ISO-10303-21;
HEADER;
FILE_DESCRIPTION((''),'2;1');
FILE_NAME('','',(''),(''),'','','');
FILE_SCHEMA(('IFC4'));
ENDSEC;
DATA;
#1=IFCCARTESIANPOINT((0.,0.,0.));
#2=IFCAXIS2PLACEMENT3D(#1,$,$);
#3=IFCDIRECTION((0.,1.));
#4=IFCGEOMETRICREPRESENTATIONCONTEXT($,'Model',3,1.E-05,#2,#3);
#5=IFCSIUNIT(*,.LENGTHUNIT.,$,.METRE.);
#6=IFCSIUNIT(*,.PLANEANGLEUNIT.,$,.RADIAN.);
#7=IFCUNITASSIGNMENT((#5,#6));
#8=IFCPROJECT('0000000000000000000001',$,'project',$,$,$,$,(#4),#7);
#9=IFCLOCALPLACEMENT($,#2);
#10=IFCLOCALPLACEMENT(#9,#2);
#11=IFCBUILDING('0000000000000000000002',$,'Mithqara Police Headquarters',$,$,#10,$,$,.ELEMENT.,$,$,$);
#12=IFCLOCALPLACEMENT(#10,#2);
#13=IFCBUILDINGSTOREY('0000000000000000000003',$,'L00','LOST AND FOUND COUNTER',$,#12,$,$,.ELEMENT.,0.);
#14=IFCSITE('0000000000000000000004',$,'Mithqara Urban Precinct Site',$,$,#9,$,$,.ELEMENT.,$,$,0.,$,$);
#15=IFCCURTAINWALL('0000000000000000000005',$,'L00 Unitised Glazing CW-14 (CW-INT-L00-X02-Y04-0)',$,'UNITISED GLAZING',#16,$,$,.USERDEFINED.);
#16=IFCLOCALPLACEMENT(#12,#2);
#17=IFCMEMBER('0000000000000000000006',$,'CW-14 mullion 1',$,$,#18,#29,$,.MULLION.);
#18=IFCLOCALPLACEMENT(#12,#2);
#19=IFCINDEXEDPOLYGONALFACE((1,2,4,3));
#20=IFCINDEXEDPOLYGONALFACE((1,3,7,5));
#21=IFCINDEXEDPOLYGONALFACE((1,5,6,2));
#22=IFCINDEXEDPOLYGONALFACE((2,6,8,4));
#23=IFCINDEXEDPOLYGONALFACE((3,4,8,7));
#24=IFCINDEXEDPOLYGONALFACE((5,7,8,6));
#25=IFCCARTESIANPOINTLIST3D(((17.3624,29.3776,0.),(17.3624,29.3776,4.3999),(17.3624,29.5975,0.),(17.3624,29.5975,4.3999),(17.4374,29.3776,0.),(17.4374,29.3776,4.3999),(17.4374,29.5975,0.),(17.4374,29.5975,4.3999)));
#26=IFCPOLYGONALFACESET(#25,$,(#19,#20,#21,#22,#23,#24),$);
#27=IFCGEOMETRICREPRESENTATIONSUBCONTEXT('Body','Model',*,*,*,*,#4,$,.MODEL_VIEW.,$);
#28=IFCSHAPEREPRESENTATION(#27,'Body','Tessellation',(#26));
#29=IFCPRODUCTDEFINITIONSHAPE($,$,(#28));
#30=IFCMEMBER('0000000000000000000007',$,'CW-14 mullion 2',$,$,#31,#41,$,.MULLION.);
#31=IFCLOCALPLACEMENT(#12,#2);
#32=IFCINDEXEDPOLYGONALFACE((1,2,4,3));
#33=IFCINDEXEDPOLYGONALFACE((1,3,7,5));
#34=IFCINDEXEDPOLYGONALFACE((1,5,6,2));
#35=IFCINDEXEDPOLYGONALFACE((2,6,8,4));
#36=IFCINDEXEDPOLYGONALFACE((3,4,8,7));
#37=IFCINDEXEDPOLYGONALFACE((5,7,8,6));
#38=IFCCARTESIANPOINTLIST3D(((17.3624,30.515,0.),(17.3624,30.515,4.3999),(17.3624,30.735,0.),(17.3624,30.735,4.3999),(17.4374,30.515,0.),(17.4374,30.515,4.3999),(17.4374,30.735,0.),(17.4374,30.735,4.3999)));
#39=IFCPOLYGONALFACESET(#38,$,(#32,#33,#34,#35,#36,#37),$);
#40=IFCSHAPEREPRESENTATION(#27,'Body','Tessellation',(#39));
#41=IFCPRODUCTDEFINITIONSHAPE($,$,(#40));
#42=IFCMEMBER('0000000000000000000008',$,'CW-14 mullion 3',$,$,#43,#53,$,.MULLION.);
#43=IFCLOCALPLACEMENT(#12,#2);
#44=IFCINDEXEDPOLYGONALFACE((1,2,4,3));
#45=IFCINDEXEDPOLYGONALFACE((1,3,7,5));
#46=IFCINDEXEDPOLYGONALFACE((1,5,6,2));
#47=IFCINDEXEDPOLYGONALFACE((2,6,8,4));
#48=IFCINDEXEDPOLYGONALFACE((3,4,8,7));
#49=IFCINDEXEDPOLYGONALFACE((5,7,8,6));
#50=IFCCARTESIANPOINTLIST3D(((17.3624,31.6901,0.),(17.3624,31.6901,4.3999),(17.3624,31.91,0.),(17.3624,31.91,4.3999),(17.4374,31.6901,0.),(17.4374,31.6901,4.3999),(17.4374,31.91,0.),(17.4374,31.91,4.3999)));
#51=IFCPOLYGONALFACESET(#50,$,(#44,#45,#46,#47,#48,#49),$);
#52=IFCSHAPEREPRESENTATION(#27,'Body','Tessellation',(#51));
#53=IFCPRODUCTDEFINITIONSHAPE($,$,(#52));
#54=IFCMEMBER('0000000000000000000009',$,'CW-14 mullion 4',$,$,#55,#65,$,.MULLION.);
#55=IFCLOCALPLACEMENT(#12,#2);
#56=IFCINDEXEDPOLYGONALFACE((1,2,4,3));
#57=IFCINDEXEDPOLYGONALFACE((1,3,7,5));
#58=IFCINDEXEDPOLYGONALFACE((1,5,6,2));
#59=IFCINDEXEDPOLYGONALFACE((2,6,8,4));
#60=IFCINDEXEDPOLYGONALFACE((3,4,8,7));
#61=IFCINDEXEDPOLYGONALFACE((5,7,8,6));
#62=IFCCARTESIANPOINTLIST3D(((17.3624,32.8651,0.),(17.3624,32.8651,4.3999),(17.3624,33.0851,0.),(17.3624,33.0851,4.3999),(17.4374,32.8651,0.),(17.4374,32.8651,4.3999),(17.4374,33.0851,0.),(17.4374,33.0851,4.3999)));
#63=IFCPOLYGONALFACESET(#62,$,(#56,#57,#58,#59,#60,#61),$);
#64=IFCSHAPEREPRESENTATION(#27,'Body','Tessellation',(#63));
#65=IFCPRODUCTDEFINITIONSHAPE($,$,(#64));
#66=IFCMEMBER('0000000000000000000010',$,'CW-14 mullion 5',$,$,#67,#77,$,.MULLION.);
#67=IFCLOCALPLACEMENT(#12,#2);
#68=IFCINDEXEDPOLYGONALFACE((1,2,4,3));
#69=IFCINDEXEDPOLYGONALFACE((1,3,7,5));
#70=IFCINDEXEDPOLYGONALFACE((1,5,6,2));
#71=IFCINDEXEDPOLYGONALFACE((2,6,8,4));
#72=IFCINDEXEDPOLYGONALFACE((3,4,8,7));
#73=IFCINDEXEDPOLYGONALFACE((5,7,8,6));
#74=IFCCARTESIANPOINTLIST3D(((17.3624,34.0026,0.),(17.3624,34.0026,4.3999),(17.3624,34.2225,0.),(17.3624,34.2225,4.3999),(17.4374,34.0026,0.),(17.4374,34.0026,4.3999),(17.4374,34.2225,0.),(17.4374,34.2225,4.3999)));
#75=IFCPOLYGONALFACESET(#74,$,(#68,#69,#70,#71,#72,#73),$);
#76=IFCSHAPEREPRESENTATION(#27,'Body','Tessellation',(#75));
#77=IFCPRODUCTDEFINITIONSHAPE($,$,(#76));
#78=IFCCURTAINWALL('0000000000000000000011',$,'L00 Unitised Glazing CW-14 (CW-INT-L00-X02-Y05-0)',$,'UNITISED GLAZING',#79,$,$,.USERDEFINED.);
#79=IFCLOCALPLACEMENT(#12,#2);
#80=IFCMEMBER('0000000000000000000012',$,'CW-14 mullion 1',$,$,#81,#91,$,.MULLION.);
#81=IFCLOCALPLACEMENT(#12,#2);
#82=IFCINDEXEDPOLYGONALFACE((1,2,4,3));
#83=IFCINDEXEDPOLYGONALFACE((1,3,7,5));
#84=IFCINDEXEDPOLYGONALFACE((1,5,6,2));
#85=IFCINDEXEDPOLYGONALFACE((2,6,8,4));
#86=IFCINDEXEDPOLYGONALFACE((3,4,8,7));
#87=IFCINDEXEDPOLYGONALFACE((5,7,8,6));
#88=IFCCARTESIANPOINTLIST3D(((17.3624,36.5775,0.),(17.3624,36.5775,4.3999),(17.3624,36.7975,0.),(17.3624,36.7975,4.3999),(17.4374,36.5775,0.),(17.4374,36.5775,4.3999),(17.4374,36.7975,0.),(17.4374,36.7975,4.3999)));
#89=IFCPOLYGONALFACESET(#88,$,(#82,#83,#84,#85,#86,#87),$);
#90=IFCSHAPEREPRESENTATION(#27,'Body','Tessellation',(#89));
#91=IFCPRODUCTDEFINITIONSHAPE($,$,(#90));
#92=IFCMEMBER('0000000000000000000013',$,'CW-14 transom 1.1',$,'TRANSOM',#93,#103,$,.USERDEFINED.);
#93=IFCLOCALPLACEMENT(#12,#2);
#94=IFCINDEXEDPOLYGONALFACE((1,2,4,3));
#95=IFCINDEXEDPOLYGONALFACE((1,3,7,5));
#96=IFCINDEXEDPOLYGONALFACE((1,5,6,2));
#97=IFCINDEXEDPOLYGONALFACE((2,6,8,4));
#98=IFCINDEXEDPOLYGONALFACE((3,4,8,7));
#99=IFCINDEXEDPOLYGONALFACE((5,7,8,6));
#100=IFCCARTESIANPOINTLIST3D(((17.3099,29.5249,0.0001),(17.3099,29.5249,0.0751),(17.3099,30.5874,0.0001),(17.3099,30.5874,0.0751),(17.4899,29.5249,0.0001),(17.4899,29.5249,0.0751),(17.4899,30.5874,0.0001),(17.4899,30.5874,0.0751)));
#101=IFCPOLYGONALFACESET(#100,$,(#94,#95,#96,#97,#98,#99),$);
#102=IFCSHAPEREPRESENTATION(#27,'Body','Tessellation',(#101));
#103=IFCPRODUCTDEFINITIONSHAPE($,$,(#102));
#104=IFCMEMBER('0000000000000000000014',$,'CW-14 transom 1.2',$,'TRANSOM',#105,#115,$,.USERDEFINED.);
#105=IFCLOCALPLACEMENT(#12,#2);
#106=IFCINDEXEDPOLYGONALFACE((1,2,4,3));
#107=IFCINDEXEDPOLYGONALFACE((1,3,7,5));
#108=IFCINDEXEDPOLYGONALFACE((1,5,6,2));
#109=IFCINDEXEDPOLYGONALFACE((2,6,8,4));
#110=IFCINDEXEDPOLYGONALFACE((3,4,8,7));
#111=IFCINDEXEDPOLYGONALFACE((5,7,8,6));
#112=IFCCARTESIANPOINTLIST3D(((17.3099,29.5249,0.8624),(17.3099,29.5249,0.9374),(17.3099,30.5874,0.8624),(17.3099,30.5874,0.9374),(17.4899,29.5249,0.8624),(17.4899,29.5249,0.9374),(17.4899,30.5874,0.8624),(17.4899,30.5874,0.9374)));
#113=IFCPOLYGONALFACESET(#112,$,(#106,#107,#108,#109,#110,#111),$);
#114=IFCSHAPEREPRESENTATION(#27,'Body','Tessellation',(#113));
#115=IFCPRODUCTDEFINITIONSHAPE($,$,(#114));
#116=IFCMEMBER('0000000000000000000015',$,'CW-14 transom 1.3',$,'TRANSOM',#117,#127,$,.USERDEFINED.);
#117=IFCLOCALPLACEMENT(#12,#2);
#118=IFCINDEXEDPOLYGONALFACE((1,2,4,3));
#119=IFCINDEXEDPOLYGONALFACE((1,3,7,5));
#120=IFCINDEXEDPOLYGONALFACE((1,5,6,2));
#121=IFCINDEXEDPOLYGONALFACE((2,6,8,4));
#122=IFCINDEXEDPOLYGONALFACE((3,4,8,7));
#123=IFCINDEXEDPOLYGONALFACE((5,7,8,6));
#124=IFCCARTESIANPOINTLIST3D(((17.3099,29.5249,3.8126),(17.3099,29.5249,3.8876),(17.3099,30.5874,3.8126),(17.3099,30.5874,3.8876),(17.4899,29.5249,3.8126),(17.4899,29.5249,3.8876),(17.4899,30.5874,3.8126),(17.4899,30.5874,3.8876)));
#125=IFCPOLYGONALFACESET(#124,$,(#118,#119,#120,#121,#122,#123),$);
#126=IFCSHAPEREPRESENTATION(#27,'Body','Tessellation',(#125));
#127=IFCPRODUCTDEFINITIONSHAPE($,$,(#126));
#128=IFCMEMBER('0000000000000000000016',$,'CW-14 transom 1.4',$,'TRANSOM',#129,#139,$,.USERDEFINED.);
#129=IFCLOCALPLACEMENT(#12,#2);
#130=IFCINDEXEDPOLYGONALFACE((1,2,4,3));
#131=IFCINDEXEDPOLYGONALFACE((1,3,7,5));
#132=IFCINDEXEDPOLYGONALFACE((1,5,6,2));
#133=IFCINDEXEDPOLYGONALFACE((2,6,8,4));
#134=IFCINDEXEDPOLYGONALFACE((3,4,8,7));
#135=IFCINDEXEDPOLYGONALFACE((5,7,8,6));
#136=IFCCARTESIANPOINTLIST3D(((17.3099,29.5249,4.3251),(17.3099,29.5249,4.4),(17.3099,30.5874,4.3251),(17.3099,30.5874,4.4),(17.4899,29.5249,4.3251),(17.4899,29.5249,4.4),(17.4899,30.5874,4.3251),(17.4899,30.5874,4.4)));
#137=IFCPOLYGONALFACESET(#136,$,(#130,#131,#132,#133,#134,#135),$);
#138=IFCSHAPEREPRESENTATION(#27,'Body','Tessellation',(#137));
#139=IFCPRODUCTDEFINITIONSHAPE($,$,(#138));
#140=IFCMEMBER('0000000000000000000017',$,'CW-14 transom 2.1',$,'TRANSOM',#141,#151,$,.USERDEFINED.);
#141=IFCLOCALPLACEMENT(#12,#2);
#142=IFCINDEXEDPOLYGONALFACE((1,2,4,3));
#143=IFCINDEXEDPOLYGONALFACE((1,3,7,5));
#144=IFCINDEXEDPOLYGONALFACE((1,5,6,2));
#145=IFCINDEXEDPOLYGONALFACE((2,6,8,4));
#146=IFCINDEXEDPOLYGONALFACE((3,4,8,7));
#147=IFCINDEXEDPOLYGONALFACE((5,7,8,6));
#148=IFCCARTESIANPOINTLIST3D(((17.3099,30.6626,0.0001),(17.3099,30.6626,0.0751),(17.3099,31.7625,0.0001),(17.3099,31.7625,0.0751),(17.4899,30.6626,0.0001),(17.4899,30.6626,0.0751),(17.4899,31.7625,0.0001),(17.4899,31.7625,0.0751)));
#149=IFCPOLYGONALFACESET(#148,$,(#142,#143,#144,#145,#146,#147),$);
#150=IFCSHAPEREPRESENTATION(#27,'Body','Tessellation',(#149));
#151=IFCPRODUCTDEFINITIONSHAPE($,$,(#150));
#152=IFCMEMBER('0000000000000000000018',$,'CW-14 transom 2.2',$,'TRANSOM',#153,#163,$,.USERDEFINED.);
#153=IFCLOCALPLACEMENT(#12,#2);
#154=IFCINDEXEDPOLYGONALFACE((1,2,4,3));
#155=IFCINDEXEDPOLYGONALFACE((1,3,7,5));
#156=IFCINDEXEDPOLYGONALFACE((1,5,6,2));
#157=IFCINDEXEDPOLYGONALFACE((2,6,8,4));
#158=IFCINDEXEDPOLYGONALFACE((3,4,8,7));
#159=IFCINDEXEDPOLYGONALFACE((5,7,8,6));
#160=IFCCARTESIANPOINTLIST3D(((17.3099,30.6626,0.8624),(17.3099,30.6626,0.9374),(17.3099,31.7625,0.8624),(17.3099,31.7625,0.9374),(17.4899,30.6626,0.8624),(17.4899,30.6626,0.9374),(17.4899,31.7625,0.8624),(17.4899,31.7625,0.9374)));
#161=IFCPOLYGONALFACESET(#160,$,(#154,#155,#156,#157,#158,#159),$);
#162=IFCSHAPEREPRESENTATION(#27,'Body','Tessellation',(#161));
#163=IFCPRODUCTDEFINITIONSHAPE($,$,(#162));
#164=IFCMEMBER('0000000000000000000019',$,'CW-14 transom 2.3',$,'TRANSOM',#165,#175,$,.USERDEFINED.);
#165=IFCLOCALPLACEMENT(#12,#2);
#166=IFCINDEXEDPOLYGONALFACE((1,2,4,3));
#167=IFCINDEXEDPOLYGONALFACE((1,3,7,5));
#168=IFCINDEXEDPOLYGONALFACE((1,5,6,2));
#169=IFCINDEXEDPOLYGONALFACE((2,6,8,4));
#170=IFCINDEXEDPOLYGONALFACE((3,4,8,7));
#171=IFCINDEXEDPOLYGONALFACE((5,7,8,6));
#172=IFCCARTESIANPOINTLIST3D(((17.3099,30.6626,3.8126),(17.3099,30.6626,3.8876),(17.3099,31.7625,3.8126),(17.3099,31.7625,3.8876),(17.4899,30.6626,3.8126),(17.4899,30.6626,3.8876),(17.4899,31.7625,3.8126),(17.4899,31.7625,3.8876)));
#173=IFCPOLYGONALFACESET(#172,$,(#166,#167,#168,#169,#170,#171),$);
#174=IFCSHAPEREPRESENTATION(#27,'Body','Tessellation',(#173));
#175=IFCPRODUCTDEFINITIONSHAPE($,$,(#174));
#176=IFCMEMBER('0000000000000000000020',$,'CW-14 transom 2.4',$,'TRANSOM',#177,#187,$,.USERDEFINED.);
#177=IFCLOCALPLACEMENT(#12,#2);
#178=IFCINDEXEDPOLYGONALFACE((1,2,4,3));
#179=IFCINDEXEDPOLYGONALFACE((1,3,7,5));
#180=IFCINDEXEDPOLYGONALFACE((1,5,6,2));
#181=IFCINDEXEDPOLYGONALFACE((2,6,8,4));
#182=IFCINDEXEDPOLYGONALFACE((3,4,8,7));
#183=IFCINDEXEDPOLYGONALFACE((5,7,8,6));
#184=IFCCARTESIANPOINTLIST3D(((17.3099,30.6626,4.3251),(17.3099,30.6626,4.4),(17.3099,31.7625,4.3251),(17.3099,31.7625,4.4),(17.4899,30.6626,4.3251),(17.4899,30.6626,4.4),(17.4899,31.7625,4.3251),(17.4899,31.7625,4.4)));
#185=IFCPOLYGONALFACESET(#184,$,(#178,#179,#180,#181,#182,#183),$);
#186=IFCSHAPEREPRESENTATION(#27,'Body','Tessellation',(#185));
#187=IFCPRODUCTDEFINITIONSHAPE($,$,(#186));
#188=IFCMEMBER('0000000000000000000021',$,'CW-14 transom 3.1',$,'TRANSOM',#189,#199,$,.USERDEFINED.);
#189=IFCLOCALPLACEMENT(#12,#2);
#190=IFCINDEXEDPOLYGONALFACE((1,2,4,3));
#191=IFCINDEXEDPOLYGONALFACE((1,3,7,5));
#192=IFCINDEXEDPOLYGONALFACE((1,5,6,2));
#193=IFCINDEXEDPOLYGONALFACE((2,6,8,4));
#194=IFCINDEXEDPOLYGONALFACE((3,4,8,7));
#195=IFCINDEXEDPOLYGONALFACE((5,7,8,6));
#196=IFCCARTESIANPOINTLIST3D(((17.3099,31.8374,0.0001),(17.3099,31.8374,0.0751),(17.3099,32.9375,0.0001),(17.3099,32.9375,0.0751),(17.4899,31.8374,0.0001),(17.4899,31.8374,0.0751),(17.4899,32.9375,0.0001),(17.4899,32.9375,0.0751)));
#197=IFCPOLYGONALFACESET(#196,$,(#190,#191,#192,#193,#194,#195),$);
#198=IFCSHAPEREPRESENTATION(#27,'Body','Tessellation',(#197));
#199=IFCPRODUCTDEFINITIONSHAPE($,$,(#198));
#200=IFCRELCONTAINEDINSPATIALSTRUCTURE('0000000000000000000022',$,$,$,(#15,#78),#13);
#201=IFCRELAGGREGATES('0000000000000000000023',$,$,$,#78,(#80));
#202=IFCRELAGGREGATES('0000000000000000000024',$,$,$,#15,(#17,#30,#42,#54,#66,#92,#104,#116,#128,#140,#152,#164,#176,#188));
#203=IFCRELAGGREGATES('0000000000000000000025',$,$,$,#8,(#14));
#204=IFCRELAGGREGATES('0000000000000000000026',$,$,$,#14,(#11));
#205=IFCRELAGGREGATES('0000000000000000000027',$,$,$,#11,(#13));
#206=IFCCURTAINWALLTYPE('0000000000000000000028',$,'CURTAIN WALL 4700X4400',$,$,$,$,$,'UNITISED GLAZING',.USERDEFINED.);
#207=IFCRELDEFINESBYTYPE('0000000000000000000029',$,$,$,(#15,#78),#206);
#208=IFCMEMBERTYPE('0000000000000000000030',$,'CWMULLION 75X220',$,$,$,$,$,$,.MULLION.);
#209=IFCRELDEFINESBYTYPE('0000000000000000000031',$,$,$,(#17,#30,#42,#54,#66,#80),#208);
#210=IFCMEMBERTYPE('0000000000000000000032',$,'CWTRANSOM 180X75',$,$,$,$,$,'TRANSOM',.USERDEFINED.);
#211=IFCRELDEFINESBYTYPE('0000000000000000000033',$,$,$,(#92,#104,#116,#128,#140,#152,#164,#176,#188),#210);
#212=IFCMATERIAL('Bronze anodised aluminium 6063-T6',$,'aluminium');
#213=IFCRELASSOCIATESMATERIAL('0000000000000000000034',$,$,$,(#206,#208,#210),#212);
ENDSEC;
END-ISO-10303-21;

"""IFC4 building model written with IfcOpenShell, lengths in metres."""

from ifc_helpers import new_model, si_unit, direction, frame, origin, origin_2d, place, context, subcontext, project, spatial, rectangle, extrude, material, material_profile, profile_set, type_object, element, aggregate, save


model = new_model("IFC4")

# Units and contexts
model_context = context("Model", 3, precision=1e-05, world=origin(), true_north=direction((0.0, 1.0)))
body_context = subcontext(model_context, "Body", "Model", "MODEL_VIEW")
ifc_project = project(units=[si_unit("LENGTHUNIT", "METRE"), si_unit("PLANEANGLEUNIT", "RADIAN")], contexts=[model_context])

# Site, building, storey
site_placement = place(None, origin())
site = spatial("IfcSite", under=ifc_project, at=site_placement, Name="Mithqara Urban Precinct Site", CompositionType="ELEMENT", RefElevation=0.0)
building_placement = place(site_placement, origin())
building = spatial("IfcBuilding", under=site, at=building_placement, Name="Mithqara Police Headquarters", CompositionType="ELEMENT")
storey_placement = place(building_placement, origin())
storey = spatial("IfcBuildingStorey", under=building, at=storey_placement, Name="L00", Description="LOST AND FOUND COUNTER", CompositionType="ELEMENT", Elevation=0.0)

# Curtain wall, members
ifc_material_1 = material(Name="Bronze anodised aluminium 6063-T6", Category="aluminium")
curtain_wall_type = type_object("IfcCurtainWallType", Name="CURTAIN WALL 4700X4400", ElementType="UNITISED GLAZING", PredefinedType="USERDEFINED", material=ifc_material_1)
curtain_wall_1_placement = place(storey_placement, origin())
curtain_wall_1 = element("IfcCurtainWall", 1, at=curtain_wall_1_placement, inside=storey, type_object=curtain_wall_type, Name="L00 Unitised Glazing CW-14 (CW-INT-L00-X02-Y04-0)", ObjectType="UNITISED GLAZING", PredefinedType="USERDEFINED")
ifc_material_profile_1 = material_profile(ifc_material_1, rectangle(XDim=0.075, YDim=0.22, at=origin_2d()), Name="CWM 75x220")
ifc_profile_set_1 = profile_set([ifc_material_profile_1], Name="Bronze anodised aluminium 6063-T6")
member_type_1 = type_object("IfcMemberType", Name="CWMULLION 75X220", PredefinedType="MULLION", material=ifc_profile_set_1)
member_1_placement = place(storey_placement, frame((17.3999, 29.4875, 0.0), z_axis=(0.0, 0.0, 1.0), x_axis=(-1.0, 0.0, 0.0)))
member_1 = element("IfcMember", 2, at=member_1_placement, type_object=member_type_1, Name="CW-14 mullion 1", PredefinedType="MULLION", context=body_context, shape_type="SweptSolid", body=[
    extrude(rectangle(XDim=0.075, YDim=0.22, at=origin_2d()), origin(), (0.0, 0.0, 1.0), 4.3999),
])
member_2_placement = place(storey_placement, frame((17.3999, 30.625, 0.0), z_axis=(0.0, 0.0, 1.0), x_axis=(-1.0, 0.0, 0.0)))
member_2 = element("IfcMember", 3, at=member_2_placement, type_object=member_type_1, Name="CW-14 mullion 2", PredefinedType="MULLION", context=body_context, shape_type="SweptSolid", body=[
    extrude(rectangle(XDim=0.075, YDim=0.22, at=origin_2d()), origin(), (0.0, 0.0, 1.0), 4.3999),
])
member_3_placement = place(storey_placement, frame((17.3999, 31.8, 0.0), z_axis=(0.0, 0.0, 1.0), x_axis=(-1.0, 0.0, 0.0)))
member_3 = element("IfcMember", 4, at=member_3_placement, type_object=member_type_1, Name="CW-14 mullion 3", PredefinedType="MULLION", context=body_context, shape_type="SweptSolid", body=[
    extrude(rectangle(XDim=0.075, YDim=0.22, at=origin_2d()), origin(), (0.0, 0.0, 1.0), 4.3999),
])
member_4_placement = place(storey_placement, frame((17.3999, 32.9751, 0.0), z_axis=(0.0, 0.0, 1.0), x_axis=(-1.0, 0.0, 0.0)))
member_4 = element("IfcMember", 5, at=member_4_placement, type_object=member_type_1, Name="CW-14 mullion 4", PredefinedType="MULLION", context=body_context, shape_type="SweptSolid", body=[
    extrude(rectangle(XDim=0.075, YDim=0.22, at=origin_2d()), origin(), (0.0, 0.0, 1.0), 4.3999),
])
member_5_placement = place(storey_placement, frame((17.3999, 34.1125, 0.0), z_axis=(0.0, 0.0, 1.0), x_axis=(-1.0, 0.0, 0.0)))
member_5 = element("IfcMember", 6, at=member_5_placement, type_object=member_type_1, Name="CW-14 mullion 5", PredefinedType="MULLION", context=body_context, shape_type="SweptSolid", body=[
    extrude(rectangle(XDim=0.075, YDim=0.22, at=origin_2d()), origin(), (0.0, 0.0, 1.0), 4.3999),
])

# Curtain wall, member
curtain_wall_2_placement = place(storey_placement, origin())
curtain_wall_2 = element("IfcCurtainWall", 7, at=curtain_wall_2_placement, inside=storey, type_object=curtain_wall_type, Name="L00 Unitised Glazing CW-14 (CW-INT-L00-X02-Y05-0)", ObjectType="UNITISED GLAZING", PredefinedType="USERDEFINED")
member_6_placement = place(storey_placement, frame((17.3999, 36.6875, 0.0), z_axis=(0.0, 0.0, 1.0), x_axis=(-1.0, 0.0, 0.0)))
member_6 = element("IfcMember", 8, at=member_6_placement, type_object=member_type_1, Name="CW-14 mullion 1", PredefinedType="MULLION", context=body_context, shape_type="SweptSolid", body=[
    extrude(rectangle(XDim=0.075, YDim=0.22, at=origin_2d()), origin(), (0.0, 0.0, 1.0), 4.3999),
])
aggregate(curtain_wall_2, [member_6])

# Members
ifc_material_profile_2 = material_profile(ifc_material_1, rectangle(XDim=0.1799, YDim=0.075, at=origin_2d()), Name="CWT 180x75")
ifc_profile_set_2 = profile_set([ifc_material_profile_2], Name="Bronze anodised aluminium 6063-T6")
member_type_2 = type_object("IfcMemberType", Name="CWTRANSOM 180X75", ElementType="TRANSOM", PredefinedType="USERDEFINED", material=ifc_profile_set_2)
member_7_placement = place(storey_placement, frame((17.3999, 29.5249, 0.0376), z_axis=(0.0, 1.0, 0.0), x_axis=(-1.0, 0.0, 0.0)))
member_7 = element("IfcMember", 9, at=member_7_placement, type_object=member_type_2, Name="CW-14 transom 1.1", ObjectType="TRANSOM", PredefinedType="USERDEFINED", context=body_context, shape_type="SweptSolid", body=[
    extrude(rectangle(XDim=0.1799, YDim=0.075, at=origin_2d()), origin(), (0.0, 0.0, 1.0), 1.0625),
])
member_8_placement = place(storey_placement, frame((17.3999, 29.5249, 0.8999), z_axis=(0.0, 1.0, 0.0), x_axis=(-1.0, 0.0, 0.0)))
member_8 = element("IfcMember", 10, at=member_8_placement, type_object=member_type_2, Name="CW-14 transom 1.2", ObjectType="TRANSOM", PredefinedType="USERDEFINED", context=body_context, shape_type="SweptSolid", body=[
    extrude(rectangle(XDim=0.1799, YDim=0.075, at=origin_2d()), origin(), (0.0, 0.0, 1.0), 1.0625),
])
member_9_placement = place(storey_placement, frame((17.3999, 29.5249, 3.8501), z_axis=(0.0, 1.0, 0.0), x_axis=(-1.0, 0.0, 0.0)))
member_9 = element("IfcMember", 11, at=member_9_placement, type_object=member_type_2, Name="CW-14 transom 1.3", ObjectType="TRANSOM", PredefinedType="USERDEFINED", context=body_context, shape_type="SweptSolid", body=[
    extrude(rectangle(XDim=0.1799, YDim=0.075, at=origin_2d()), origin(), (0.0, 0.0, 1.0), 1.0625),
])
member_10_placement = place(storey_placement, frame((17.3999, 29.5249, 4.3625), z_axis=(0.0, 1.0, 0.0), x_axis=(-1.0, 0.0, 0.0)))
member_10 = element("IfcMember", 12, at=member_10_placement, type_object=member_type_2, Name="CW-14 transom 1.4", ObjectType="TRANSOM", PredefinedType="USERDEFINED", context=body_context, shape_type="SweptSolid", body=[
    extrude(rectangle(XDim=0.1799, YDim=0.075, at=origin_2d()), origin(), (0.0, 0.0, 1.0), 1.0625),
])
member_11_placement = place(storey_placement, frame((17.3999, 30.6626, 0.0376), z_axis=(0.0, 1.0, 0.0), x_axis=(-1.0, 0.0, 0.0)))
member_11 = element("IfcMember", 13, at=member_11_placement, type_object=member_type_2, Name="CW-14 transom 2.1", ObjectType="TRANSOM", PredefinedType="USERDEFINED", context=body_context, shape_type="SweptSolid", body=[
    extrude(rectangle(XDim=0.1799, YDim=0.075, at=origin_2d()), origin(), (0.0, 0.0, 1.0), 1.0999),
])
member_12_placement = place(storey_placement, frame((17.3999, 30.6626, 0.8999), z_axis=(0.0, 1.0, 0.0), x_axis=(-1.0, 0.0, 0.0)))
member_12 = element("IfcMember", 14, at=member_12_placement, type_object=member_type_2, Name="CW-14 transom 2.2", ObjectType="TRANSOM", PredefinedType="USERDEFINED", context=body_context, shape_type="SweptSolid", body=[
    extrude(rectangle(XDim=0.1799, YDim=0.075, at=origin_2d()), origin(), (0.0, 0.0, 1.0), 1.0999),
])
member_13_placement = place(storey_placement, frame((17.3999, 30.6626, 3.8501), z_axis=(0.0, 1.0, 0.0), x_axis=(-1.0, 0.0, 0.0)))
member_13 = element("IfcMember", 15, at=member_13_placement, type_object=member_type_2, Name="CW-14 transom 2.3", ObjectType="TRANSOM", PredefinedType="USERDEFINED", context=body_context, shape_type="SweptSolid", body=[
    extrude(rectangle(XDim=0.1799, YDim=0.075, at=origin_2d()), origin(), (0.0, 0.0, 1.0), 1.0999),
])
member_14_placement = place(storey_placement, frame((17.3999, 30.6626, 4.3625), z_axis=(0.0, 1.0, 0.0), x_axis=(-1.0, 0.0, 0.0)))
member_14 = element("IfcMember", 16, at=member_14_placement, type_object=member_type_2, Name="CW-14 transom 2.4", ObjectType="TRANSOM", PredefinedType="USERDEFINED", context=body_context, shape_type="SweptSolid", body=[
    extrude(rectangle(XDim=0.1799, YDim=0.075, at=origin_2d()), origin(), (0.0, 0.0, 1.0), 1.0999),
])
member_15_placement = place(storey_placement, frame((17.3999, 31.8374, 0.0376), z_axis=(0.0, 1.0, 0.0), x_axis=(-1.0, 0.0, 0.0)))
member_15 = element("IfcMember", 17, at=member_15_placement, type_object=member_type_2, Name="CW-14 transom 3.1", ObjectType="TRANSOM", PredefinedType="USERDEFINED", context=body_context, shape_type="SweptSolid", body=[
    extrude(rectangle(XDim=0.1799, YDim=0.075, at=origin_2d()), origin(), (0.0, 0.0, 1.0), 1.1001),
])

aggregate(curtain_wall_1, [member_1, member_2, member_3, member_4, member_5, member_7, member_8, member_9, member_10, member_11, member_12, member_13, member_14, member_15])

save(model, "model.ifc")
